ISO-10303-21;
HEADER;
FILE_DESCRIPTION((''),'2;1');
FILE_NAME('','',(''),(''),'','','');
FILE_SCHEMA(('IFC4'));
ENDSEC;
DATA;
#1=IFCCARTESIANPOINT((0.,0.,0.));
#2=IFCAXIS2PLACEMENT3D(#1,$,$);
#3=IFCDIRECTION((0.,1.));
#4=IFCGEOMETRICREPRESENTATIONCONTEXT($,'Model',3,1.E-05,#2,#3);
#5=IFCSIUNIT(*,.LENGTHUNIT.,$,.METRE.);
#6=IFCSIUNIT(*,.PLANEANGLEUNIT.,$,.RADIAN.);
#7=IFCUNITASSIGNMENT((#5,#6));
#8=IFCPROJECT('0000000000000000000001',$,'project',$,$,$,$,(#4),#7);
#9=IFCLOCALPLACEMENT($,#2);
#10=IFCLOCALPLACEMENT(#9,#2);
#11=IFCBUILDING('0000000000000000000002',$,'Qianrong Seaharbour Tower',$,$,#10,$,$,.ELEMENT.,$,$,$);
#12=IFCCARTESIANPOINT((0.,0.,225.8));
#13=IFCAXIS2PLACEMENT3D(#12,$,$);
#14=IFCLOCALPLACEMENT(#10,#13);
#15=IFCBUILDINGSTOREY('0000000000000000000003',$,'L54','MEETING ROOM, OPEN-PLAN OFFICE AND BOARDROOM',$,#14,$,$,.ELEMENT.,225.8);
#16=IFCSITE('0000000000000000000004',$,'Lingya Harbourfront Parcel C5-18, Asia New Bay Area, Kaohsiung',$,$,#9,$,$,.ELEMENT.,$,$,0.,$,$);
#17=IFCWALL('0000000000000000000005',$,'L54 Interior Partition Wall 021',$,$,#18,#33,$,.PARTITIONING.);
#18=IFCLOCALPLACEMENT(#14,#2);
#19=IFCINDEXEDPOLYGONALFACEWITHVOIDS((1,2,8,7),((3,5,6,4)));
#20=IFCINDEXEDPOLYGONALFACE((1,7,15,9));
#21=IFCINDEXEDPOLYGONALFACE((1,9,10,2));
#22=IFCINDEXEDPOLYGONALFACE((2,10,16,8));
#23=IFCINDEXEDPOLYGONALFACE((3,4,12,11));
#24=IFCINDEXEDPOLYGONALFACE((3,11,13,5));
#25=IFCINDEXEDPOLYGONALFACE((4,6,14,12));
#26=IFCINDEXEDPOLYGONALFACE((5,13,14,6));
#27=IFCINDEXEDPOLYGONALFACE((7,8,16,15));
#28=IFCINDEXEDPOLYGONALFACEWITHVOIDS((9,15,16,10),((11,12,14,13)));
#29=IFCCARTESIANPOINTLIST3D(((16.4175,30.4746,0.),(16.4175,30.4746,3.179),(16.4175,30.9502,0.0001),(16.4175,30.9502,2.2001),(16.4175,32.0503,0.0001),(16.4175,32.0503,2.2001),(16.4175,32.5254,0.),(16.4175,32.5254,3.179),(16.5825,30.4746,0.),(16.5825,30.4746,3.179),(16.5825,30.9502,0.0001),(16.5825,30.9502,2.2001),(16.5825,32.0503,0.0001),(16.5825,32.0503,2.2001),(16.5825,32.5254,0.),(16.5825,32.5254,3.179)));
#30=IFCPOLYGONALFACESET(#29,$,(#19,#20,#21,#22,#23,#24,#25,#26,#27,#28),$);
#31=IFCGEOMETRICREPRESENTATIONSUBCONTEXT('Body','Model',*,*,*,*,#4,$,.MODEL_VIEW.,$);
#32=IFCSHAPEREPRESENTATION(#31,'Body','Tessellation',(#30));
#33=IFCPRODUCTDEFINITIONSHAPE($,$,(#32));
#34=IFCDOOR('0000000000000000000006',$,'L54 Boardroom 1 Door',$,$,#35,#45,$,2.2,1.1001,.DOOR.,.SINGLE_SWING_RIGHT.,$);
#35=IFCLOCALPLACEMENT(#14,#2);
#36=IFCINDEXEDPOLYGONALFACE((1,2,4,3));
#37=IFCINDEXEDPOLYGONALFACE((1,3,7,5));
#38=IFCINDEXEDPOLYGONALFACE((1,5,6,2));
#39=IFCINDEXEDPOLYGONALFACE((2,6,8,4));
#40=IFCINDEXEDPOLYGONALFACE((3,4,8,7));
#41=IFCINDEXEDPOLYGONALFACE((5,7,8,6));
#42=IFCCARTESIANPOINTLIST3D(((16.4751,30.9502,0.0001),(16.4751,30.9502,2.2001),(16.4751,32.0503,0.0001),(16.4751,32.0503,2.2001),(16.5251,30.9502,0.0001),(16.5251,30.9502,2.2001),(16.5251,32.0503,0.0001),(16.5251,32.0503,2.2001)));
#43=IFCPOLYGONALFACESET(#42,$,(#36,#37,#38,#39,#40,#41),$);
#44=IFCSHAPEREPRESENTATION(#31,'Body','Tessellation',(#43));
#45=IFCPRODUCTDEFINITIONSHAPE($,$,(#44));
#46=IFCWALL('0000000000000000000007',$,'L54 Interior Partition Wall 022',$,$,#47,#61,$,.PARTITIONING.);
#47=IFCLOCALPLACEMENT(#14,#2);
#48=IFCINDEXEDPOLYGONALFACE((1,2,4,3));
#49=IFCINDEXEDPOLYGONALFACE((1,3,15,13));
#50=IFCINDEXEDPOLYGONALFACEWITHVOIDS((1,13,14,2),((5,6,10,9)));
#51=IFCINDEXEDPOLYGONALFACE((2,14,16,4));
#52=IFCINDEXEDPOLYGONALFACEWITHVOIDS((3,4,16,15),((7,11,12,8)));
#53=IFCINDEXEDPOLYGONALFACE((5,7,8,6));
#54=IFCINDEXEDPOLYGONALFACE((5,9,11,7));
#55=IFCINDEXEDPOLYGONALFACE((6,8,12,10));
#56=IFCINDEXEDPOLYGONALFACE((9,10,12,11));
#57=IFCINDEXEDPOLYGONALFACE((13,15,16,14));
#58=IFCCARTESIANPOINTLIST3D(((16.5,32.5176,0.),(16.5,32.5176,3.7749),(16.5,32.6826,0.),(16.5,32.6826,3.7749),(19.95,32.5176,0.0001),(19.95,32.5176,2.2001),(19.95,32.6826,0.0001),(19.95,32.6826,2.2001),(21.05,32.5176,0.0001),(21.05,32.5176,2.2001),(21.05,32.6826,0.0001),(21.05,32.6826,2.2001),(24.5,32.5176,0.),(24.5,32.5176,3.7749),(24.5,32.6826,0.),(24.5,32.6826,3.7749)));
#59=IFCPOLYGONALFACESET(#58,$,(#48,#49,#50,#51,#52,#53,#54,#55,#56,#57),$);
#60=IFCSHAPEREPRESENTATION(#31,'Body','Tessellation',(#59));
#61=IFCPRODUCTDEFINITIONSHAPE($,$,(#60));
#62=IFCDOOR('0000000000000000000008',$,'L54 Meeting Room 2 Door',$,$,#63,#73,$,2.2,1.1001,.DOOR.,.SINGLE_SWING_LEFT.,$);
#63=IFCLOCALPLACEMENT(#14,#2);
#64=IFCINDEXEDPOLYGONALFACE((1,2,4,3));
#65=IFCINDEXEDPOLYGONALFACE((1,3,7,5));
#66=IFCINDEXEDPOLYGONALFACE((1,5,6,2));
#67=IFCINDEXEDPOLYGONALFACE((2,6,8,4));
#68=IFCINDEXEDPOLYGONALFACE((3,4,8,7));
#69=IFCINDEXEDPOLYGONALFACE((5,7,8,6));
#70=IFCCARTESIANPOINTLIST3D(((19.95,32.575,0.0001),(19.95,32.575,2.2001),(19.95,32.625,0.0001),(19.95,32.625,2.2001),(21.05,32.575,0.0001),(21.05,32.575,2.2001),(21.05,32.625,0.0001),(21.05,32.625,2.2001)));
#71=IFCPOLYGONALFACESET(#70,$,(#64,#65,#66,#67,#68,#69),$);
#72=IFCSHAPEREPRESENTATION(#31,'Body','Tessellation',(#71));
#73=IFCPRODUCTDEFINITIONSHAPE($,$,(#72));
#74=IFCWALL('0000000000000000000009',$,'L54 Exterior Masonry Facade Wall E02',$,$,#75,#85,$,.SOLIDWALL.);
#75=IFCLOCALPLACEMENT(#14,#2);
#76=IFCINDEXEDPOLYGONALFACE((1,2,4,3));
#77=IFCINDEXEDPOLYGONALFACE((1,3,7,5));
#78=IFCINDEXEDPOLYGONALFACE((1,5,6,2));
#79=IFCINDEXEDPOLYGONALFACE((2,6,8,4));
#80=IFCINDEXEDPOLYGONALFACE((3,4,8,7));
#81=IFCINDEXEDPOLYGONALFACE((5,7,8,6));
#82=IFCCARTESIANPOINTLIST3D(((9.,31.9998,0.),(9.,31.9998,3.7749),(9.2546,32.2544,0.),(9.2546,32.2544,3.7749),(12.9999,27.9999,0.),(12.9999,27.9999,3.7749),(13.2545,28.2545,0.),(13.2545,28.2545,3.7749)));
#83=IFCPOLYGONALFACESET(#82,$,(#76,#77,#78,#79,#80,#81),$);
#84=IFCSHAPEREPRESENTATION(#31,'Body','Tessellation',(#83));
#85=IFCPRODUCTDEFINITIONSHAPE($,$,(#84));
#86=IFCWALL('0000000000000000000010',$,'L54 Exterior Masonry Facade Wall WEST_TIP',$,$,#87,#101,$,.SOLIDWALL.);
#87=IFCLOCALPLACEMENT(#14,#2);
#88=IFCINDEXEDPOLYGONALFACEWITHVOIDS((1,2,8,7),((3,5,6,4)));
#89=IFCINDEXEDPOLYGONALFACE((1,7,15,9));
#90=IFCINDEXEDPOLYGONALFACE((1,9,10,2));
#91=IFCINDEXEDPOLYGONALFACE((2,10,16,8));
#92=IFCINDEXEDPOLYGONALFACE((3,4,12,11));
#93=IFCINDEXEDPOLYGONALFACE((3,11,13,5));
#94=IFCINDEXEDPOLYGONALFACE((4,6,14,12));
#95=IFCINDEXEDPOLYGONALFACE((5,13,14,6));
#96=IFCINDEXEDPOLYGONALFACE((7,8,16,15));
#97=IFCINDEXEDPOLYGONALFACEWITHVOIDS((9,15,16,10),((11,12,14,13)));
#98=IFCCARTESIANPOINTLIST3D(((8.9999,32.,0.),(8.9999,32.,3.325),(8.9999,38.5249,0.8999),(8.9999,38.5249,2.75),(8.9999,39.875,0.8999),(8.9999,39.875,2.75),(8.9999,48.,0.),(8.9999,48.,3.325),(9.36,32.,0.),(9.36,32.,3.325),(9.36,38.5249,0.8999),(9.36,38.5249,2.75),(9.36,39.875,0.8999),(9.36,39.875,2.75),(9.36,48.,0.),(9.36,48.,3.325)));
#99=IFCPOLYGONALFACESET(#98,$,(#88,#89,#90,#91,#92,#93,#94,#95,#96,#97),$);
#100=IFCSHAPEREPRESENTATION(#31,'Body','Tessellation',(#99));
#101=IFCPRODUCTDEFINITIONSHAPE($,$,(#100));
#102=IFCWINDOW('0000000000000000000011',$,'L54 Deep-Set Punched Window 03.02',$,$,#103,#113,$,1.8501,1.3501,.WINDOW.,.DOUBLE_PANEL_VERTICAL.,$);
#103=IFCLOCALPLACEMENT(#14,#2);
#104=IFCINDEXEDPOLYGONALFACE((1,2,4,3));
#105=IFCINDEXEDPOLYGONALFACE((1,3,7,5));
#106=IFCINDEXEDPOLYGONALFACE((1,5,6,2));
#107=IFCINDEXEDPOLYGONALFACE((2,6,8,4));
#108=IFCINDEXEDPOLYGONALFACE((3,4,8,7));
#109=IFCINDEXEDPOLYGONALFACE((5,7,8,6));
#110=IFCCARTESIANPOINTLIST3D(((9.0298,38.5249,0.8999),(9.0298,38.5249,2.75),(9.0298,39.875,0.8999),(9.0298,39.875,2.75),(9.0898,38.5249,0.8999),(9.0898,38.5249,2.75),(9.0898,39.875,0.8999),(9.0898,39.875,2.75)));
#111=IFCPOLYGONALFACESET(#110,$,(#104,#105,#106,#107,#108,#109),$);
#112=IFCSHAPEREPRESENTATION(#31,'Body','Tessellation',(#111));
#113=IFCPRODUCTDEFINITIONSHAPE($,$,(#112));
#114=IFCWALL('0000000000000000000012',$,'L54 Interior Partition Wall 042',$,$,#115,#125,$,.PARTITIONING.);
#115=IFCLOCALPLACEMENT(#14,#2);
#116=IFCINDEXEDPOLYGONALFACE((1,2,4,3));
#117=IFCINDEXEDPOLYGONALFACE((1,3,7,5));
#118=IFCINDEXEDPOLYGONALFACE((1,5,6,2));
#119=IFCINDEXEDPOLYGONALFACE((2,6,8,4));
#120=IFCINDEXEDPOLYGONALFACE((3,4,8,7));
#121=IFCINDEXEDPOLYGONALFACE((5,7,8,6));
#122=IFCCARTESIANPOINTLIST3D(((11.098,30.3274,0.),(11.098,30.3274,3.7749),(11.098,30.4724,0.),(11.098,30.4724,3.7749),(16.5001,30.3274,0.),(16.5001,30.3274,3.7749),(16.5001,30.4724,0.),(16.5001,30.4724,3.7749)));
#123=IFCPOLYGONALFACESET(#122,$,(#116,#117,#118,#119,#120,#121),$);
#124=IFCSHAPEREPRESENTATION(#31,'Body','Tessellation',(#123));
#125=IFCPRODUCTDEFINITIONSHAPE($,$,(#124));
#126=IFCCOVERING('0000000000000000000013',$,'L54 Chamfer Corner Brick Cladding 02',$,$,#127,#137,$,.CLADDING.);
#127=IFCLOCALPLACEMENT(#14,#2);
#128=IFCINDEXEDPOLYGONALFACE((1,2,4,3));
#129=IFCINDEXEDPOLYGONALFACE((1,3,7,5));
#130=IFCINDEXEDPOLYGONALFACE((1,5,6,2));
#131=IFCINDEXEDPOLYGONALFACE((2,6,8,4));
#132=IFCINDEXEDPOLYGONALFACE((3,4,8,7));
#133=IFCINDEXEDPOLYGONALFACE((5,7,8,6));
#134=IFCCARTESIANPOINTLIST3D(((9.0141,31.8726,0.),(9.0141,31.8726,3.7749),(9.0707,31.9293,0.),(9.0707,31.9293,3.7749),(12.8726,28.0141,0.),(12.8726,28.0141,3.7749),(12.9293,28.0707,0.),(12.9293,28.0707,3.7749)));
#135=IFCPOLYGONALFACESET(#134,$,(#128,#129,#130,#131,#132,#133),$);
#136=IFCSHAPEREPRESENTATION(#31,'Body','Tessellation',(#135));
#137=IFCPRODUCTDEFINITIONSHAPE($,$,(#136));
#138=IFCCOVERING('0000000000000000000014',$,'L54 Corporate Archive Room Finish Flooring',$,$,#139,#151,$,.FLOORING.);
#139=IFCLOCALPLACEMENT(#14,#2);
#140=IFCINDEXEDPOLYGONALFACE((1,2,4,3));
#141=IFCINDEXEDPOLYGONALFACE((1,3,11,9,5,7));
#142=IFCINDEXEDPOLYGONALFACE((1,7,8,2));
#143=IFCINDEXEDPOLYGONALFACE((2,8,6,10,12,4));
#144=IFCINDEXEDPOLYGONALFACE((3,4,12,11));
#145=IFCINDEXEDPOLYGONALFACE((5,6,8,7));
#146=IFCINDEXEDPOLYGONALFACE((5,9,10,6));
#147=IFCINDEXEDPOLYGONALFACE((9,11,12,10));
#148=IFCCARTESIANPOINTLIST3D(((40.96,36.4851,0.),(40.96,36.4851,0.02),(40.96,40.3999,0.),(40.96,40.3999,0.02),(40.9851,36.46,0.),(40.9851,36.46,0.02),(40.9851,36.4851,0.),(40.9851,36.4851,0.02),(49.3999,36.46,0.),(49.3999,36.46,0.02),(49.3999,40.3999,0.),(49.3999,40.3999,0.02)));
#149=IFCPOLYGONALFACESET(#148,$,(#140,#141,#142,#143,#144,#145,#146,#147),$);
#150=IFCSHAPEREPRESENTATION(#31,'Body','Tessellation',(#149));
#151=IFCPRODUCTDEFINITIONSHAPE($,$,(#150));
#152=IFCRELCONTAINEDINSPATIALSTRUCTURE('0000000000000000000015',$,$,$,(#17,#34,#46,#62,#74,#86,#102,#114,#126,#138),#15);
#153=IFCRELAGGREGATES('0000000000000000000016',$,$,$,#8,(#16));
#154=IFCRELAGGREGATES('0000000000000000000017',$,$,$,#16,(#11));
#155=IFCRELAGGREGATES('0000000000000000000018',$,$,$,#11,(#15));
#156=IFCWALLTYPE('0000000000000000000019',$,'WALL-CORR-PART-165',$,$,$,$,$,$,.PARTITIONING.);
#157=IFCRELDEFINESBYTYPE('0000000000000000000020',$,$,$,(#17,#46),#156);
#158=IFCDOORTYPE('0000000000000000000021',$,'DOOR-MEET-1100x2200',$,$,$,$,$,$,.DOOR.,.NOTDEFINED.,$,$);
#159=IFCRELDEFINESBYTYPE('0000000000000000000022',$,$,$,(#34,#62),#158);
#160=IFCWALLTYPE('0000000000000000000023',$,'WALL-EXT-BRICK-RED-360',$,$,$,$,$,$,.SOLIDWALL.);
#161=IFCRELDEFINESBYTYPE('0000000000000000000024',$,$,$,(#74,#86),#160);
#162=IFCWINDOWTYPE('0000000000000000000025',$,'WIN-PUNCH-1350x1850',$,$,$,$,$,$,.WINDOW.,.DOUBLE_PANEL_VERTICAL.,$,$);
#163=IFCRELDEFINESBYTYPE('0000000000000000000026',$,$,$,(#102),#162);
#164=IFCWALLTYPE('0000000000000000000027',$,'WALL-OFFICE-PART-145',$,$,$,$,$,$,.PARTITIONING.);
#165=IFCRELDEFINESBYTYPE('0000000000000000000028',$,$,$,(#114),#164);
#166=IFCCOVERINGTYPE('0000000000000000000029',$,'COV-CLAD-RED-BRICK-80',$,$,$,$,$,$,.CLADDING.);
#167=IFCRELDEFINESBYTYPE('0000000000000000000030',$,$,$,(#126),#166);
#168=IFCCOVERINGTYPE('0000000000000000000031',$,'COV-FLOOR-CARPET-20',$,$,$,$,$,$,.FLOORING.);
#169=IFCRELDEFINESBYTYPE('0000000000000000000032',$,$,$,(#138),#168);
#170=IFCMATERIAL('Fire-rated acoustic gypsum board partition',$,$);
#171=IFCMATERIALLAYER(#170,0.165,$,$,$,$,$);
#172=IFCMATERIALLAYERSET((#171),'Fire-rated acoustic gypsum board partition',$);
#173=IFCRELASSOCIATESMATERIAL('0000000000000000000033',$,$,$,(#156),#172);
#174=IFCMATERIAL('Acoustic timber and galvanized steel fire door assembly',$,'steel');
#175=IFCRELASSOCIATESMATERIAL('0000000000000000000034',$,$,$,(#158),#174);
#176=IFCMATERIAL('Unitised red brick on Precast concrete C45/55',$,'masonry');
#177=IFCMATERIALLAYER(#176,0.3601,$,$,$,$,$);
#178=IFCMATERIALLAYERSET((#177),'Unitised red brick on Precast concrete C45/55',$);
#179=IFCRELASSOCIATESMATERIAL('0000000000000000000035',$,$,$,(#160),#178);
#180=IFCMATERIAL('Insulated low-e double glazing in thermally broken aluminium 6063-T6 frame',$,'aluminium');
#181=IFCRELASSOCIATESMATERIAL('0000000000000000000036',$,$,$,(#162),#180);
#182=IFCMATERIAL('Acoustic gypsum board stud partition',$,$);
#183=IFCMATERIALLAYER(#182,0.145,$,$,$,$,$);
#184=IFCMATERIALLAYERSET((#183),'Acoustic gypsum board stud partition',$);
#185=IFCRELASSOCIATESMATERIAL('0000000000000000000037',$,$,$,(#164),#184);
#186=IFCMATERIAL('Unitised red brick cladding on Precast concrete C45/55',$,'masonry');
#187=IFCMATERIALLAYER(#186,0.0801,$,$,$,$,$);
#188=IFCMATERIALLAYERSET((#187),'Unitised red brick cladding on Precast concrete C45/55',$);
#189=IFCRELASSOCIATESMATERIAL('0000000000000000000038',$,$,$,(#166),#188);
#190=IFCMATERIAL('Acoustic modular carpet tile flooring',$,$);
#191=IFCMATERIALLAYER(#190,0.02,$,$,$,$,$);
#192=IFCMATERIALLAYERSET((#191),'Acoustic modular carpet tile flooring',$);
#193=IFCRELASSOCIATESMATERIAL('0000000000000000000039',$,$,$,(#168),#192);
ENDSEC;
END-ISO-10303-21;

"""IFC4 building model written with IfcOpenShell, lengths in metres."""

from ifc_helpers import new_model, si_unit, direction, frame, frame_2d, origin, origin_2d, place, context, subcontext, project, spatial, polyline, rectangle, outline, extrude, material, layer, layer_set, type_object, element, fill, save


model = new_model("IFC4")

# Units and contexts
model_context = context("Model", 3, precision=1e-05, world=origin(), true_north=direction((0.0, 1.0)))
body_context = subcontext(model_context, "Body", "Model", "MODEL_VIEW")
ifc_project = project(units=[si_unit("LENGTHUNIT", "METRE"), si_unit("PLANEANGLEUNIT", "RADIAN")], contexts=[model_context])

# Site, building, storey
site_placement = place(None, origin())
site = spatial("IfcSite", under=ifc_project, at=site_placement, Name="Lingya Harbourfront Parcel C5-18, Asia New Bay Area, Kaohsiung", CompositionType="ELEMENT", RefElevation=0.0)
building_placement = place(site_placement, origin())
building = spatial("IfcBuilding", under=site, at=building_placement, Name="Qianrong Seaharbour Tower", CompositionType="ELEMENT")
storey_placement = place(building_placement, frame((0.0, 0.0, 225.8)))
storey = spatial("IfcBuildingStorey", under=building, at=storey_placement, Name="L54", Description="MEETING ROOM, OPEN-PLAN OFFICE AND BOARDROOM", CompositionType="ELEMENT", Elevation=225.8)

# Walls, openings, doors
ifc_material_1 = material(Name="Fire-rated acoustic gypsum board partition")
ifc_layer_1 = layer(ifc_material_1, 0.165)
ifc_layer_set_1 = layer_set([ifc_layer_1], Name="Fire-rated acoustic gypsum board partition")
wall_type_1 = type_object("IfcWallType", Name="WALL-CORR-PART-165", PredefinedType="PARTITIONING", material=ifc_layer_set_1)
wall_1_placement = place(storey_placement, frame((16.5, 30.4746, 0.0), z_axis=(0.0, 0.0, 1.0), x_axis=(0.0, 1.0, 0.0)))
wall_1 = element("IfcWall", 1, at=wall_1_placement, inside=storey, type_object=wall_type_1, Name="L54 Interior Partition Wall 021", PredefinedType="PARTITIONING", context=body_context, shape_type="SweptSolid", body=[
    extrude(rectangle(XDim=2.0508, YDim=0.165, at=frame_2d((1.0254, 0.0))), origin(), (0.0, 0.0, 1.0), 3.179),
])
opening_1_placement = place(wall_1_placement, frame((0.4756, 0.0, 0.0)))
opening_1 = element("IfcOpeningElement", 2, at=opening_1_placement, cuts=wall_1, PredefinedType="OPENING", context=body_context, shape_type="SweptSolid", body=[
    extrude(rectangle(XDim=1.1001, YDim=2.2, at=frame_2d((0.55, 1.1001))), frame((0.0, 0.0925, 0.0), z_axis=(0.0, -1.0, 0.0), x_axis=(1.0, 0.0, 0.0)), (0.0, 0.0, 1.0), 0.1851),
])
ifc_material_2 = material(Name="Acoustic timber and galvanized steel fire door assembly", Category="steel")
door_type = type_object("IfcDoorType", Name="DOOR-MEET-1100x2200", OperationType="NOTDEFINED", PredefinedType="DOOR", material=ifc_material_2)
door_1_placement = place(opening_1_placement, origin())
door_1 = element("IfcDoor", 3, at=door_1_placement, inside=storey, type_object=door_type, Name="L54 Boardroom 1 Door", OperationType="SINGLE_SWING_RIGHT", OverallHeight=2.2, OverallWidth=1.1001, PredefinedType="DOOR", context=body_context, shape_type="SweptSolid", body=[
    extrude(rectangle(XDim=1.1001, YDim=2.2, at=frame_2d((0.55, 1.1001))), frame((0.0, 0.0249, 0.0), z_axis=(0.0, -1.0, 0.0), x_axis=(1.0, 0.0, 0.0)), (0.0, 0.0, 1.0), 0.05),
])
fill(opening_1, door_1)
wall_2_placement = place(storey_placement, frame((16.5, 32.6001, 0.0), z_axis=(0.0, 0.0, 1.0), x_axis=(1.0, 0.0, 0.0)))
wall_2 = element("IfcWall", 4, at=wall_2_placement, inside=storey, type_object=wall_type_1, Name="L54 Interior Partition Wall 022", PredefinedType="PARTITIONING", context=body_context, shape_type="SweptSolid", body=[
    extrude(rectangle(XDim=8.0, YDim=0.165, at=frame_2d((4.0, 0.0))), origin(), (0.0, 0.0, 1.0), 3.7749),
])
opening_2_placement = place(wall_2_placement, frame((3.45, 0.0, 0.0)))
opening_2 = element("IfcOpeningElement", 5, at=opening_2_placement, cuts=wall_2, PredefinedType="OPENING", context=body_context, shape_type="SweptSolid", body=[
    extrude(rectangle(XDim=1.1001, YDim=2.2, at=frame_2d((0.55, 1.1001))), frame((0.0, 0.0925, 0.0), z_axis=(0.0, -1.0, 0.0), x_axis=(1.0, 0.0, 0.0)), (0.0, 0.0, 1.0), 0.1851),
])
door_2_placement = place(opening_2_placement, origin())
door_2 = element("IfcDoor", 6, at=door_2_placement, inside=storey, type_object=door_type, Name="L54 Meeting Room 2 Door", OperationType="SINGLE_SWING_LEFT", OverallHeight=2.2, OverallWidth=1.1001, PredefinedType="DOOR", context=body_context, shape_type="SweptSolid", body=[
    extrude(rectangle(XDim=1.1001, YDim=2.2, at=frame_2d((0.55, 1.1001))), frame((0.0, 0.0249, 0.0), z_axis=(0.0, -1.0, 0.0), x_axis=(1.0, 0.0, 0.0)), (0.0, 0.0, 1.0), 0.05),
])
fill(opening_2, door_2)

# Wall
ifc_material_3 = material(Name="Unitised red brick on Precast concrete C45/55", Category="masonry")
ifc_layer_2 = layer(ifc_material_3, 0.3601)
ifc_layer_set_2 = layer_set([ifc_layer_2], Name="Unitised red brick on Precast concrete C45/55")
wall_type_2 = type_object("IfcWallType", Name="WALL-EXT-BRICK-RED-360", PredefinedType="SOLIDWALL", material=ifc_layer_set_2)
wall_3_placement = place(storey_placement, frame((13.1272, 28.1272, 0.0), z_axis=(0.0, 0.0, 1.0), x_axis=(-0.707107, 0.707107, 0.0)))
element("IfcWall", 7, at=wall_3_placement, inside=storey, type_object=wall_type_2, Name="L54 Exterior Masonry Facade Wall E02", PredefinedType="SOLIDWALL", context=body_context, shape_type="SweptSolid", body=[
    extrude(rectangle(XDim=5.6567, YDim=0.3601, at=frame_2d((2.8284, 0.0))), origin(), (0.0, 0.0, 1.0), 3.7749),
])

# Wall, opening, window
wall_4_placement = place(storey_placement, frame((9.1799, 32.0, 0.0), z_axis=(0.0, 0.0, 1.0), x_axis=(0.0, 1.0, 0.0)))
wall_4 = element("IfcWall", 8, at=wall_4_placement, inside=storey, type_object=wall_type_2, Name="L54 Exterior Masonry Facade Wall WEST_TIP", PredefinedType="SOLIDWALL", context=body_context, shape_type="SweptSolid", body=[
    extrude(rectangle(XDim=16.0, YDim=0.3601, at=frame_2d((8.0, 0.0))), origin(), (0.0, 0.0, 1.0), 3.325),
])
opening_3_placement = place(wall_4_placement, frame((6.5249, 0.0, 0.8999)))
opening_3 = element("IfcOpeningElement", 9, at=opening_3_placement, cuts=wall_4, PredefinedType="OPENING", context=body_context, shape_type="SweptSolid", body=[
    extrude(rectangle(XDim=1.3501, YDim=1.8501, at=frame_2d((0.675, 0.925))), frame((0.0, 0.1899, 0.0), z_axis=(0.0, -1.0, 0.0), x_axis=(1.0, 0.0, 0.0)), (0.0, 0.0, 1.0), 0.3801),
])
ifc_material_4 = material(Name="Insulated low-e double glazing in thermally broken aluminium 6063-T6 frame", Category="aluminium")
window_type = type_object("IfcWindowType", Name="WIN-PUNCH-1350x1850", PartitioningType="DOUBLE_PANEL_VERTICAL", PredefinedType="WINDOW", material=ifc_material_4)
window_placement = place(opening_3_placement, origin())
window = element("IfcWindow", 10, at=window_placement, inside=storey, type_object=window_type, Name="L54 Deep-Set Punched Window 03.02", OverallHeight=1.8501, OverallWidth=1.3501, PartitioningType="DOUBLE_PANEL_VERTICAL", PredefinedType="WINDOW", context=body_context, shape_type="SweptSolid", body=[
    extrude(rectangle(XDim=1.3501, YDim=1.8501, at=frame_2d((0.675, 0.925))), frame((0.0, 0.1501, 0.0), z_axis=(0.0, -1.0, 0.0), x_axis=(1.0, 0.0, 0.0)), (0.0, 0.0, 1.0), 0.0601),
])
fill(opening_3, window)

# Wall
ifc_material_5 = material(Name="Acoustic gypsum board stud partition")
ifc_layer_3 = layer(ifc_material_5, 0.145)
ifc_layer_set_3 = layer_set([ifc_layer_3], Name="Acoustic gypsum board stud partition")
wall_type_3 = type_object("IfcWallType", Name="WALL-OFFICE-PART-145", PredefinedType="PARTITIONING", material=ifc_layer_set_3)
wall_5_placement = place(storey_placement, frame((11.0979, 30.3999, 0.0), z_axis=(0.0, 0.0, 1.0), x_axis=(1.0, 0.0, 0.0)))
element("IfcWall", 11, at=wall_5_placement, inside=storey, type_object=wall_type_3, Name="L54 Interior Partition Wall 042", PredefinedType="PARTITIONING", context=body_context, shape_type="SweptSolid", body=[
    extrude(rectangle(XDim=5.4021, YDim=0.145, at=frame_2d((2.7012, 0.0))), origin(), (0.0, 0.0, 1.0), 3.7749),
])

# Coverings
ifc_material_6 = material(Name="Unitised red brick cladding on Precast concrete C45/55", Category="masonry")
ifc_layer_4 = layer(ifc_material_6, 0.0801)
ifc_layer_set_4 = layer_set([ifc_layer_4], Name="Unitised red brick cladding on Precast concrete C45/55")
covering_type_1 = type_object("IfcCoveringType", Name="COV-CLAD-RED-BRICK-80", PredefinedType="CLADDING", material=ifc_layer_set_4)
covering_1_placement = place(storey_placement, frame((10.9717, 29.9717, 0.0), z_axis=(0.0, 0.0, 1.0), x_axis=(-0.707107, 0.707107, 0.0)))
element("IfcCovering", 12, at=covering_1_placement, inside=storey, type_object=covering_type_1, Name="L54 Chamfer Corner Brick Cladding 02", PredefinedType="CLADDING", context=body_context, shape_type="SweptSolid", body=[
    extrude(rectangle(XDim=5.4568, YDim=0.0801, at=origin_2d()), origin(), (0.0, 0.0, 1.0), 3.7749),
])
ifc_material_7 = material(Name="Acoustic modular carpet tile flooring")
ifc_layer_5 = layer(ifc_material_7, 0.02)
ifc_layer_set_5 = layer_set([ifc_layer_5], Name="Acoustic modular carpet tile flooring")
covering_type_2 = type_object("IfcCoveringType", Name="COV-FLOOR-CARPET-20", PredefinedType="FLOORING", material=ifc_layer_set_5)
covering_2_placement = place(storey_placement, origin())
element("IfcCovering", 13, at=covering_2_placement, inside=storey, type_object=covering_type_2, Name="L54 Corporate Archive Room Finish Flooring", PredefinedType="FLOORING", context=body_context, shape_type="SweptSolid", body=[
    extrude(outline(polyline([(49.3999, 40.3999), (49.3999, 36.46), (40.9851, 36.46), (40.9851, 36.4851), (40.96, 36.4851), (40.96, 40.3999), (49.3999, 40.3999)])), origin(), (0.0, 0.0, 1.0), 0.02),
])

save(model, "model.ifc")
